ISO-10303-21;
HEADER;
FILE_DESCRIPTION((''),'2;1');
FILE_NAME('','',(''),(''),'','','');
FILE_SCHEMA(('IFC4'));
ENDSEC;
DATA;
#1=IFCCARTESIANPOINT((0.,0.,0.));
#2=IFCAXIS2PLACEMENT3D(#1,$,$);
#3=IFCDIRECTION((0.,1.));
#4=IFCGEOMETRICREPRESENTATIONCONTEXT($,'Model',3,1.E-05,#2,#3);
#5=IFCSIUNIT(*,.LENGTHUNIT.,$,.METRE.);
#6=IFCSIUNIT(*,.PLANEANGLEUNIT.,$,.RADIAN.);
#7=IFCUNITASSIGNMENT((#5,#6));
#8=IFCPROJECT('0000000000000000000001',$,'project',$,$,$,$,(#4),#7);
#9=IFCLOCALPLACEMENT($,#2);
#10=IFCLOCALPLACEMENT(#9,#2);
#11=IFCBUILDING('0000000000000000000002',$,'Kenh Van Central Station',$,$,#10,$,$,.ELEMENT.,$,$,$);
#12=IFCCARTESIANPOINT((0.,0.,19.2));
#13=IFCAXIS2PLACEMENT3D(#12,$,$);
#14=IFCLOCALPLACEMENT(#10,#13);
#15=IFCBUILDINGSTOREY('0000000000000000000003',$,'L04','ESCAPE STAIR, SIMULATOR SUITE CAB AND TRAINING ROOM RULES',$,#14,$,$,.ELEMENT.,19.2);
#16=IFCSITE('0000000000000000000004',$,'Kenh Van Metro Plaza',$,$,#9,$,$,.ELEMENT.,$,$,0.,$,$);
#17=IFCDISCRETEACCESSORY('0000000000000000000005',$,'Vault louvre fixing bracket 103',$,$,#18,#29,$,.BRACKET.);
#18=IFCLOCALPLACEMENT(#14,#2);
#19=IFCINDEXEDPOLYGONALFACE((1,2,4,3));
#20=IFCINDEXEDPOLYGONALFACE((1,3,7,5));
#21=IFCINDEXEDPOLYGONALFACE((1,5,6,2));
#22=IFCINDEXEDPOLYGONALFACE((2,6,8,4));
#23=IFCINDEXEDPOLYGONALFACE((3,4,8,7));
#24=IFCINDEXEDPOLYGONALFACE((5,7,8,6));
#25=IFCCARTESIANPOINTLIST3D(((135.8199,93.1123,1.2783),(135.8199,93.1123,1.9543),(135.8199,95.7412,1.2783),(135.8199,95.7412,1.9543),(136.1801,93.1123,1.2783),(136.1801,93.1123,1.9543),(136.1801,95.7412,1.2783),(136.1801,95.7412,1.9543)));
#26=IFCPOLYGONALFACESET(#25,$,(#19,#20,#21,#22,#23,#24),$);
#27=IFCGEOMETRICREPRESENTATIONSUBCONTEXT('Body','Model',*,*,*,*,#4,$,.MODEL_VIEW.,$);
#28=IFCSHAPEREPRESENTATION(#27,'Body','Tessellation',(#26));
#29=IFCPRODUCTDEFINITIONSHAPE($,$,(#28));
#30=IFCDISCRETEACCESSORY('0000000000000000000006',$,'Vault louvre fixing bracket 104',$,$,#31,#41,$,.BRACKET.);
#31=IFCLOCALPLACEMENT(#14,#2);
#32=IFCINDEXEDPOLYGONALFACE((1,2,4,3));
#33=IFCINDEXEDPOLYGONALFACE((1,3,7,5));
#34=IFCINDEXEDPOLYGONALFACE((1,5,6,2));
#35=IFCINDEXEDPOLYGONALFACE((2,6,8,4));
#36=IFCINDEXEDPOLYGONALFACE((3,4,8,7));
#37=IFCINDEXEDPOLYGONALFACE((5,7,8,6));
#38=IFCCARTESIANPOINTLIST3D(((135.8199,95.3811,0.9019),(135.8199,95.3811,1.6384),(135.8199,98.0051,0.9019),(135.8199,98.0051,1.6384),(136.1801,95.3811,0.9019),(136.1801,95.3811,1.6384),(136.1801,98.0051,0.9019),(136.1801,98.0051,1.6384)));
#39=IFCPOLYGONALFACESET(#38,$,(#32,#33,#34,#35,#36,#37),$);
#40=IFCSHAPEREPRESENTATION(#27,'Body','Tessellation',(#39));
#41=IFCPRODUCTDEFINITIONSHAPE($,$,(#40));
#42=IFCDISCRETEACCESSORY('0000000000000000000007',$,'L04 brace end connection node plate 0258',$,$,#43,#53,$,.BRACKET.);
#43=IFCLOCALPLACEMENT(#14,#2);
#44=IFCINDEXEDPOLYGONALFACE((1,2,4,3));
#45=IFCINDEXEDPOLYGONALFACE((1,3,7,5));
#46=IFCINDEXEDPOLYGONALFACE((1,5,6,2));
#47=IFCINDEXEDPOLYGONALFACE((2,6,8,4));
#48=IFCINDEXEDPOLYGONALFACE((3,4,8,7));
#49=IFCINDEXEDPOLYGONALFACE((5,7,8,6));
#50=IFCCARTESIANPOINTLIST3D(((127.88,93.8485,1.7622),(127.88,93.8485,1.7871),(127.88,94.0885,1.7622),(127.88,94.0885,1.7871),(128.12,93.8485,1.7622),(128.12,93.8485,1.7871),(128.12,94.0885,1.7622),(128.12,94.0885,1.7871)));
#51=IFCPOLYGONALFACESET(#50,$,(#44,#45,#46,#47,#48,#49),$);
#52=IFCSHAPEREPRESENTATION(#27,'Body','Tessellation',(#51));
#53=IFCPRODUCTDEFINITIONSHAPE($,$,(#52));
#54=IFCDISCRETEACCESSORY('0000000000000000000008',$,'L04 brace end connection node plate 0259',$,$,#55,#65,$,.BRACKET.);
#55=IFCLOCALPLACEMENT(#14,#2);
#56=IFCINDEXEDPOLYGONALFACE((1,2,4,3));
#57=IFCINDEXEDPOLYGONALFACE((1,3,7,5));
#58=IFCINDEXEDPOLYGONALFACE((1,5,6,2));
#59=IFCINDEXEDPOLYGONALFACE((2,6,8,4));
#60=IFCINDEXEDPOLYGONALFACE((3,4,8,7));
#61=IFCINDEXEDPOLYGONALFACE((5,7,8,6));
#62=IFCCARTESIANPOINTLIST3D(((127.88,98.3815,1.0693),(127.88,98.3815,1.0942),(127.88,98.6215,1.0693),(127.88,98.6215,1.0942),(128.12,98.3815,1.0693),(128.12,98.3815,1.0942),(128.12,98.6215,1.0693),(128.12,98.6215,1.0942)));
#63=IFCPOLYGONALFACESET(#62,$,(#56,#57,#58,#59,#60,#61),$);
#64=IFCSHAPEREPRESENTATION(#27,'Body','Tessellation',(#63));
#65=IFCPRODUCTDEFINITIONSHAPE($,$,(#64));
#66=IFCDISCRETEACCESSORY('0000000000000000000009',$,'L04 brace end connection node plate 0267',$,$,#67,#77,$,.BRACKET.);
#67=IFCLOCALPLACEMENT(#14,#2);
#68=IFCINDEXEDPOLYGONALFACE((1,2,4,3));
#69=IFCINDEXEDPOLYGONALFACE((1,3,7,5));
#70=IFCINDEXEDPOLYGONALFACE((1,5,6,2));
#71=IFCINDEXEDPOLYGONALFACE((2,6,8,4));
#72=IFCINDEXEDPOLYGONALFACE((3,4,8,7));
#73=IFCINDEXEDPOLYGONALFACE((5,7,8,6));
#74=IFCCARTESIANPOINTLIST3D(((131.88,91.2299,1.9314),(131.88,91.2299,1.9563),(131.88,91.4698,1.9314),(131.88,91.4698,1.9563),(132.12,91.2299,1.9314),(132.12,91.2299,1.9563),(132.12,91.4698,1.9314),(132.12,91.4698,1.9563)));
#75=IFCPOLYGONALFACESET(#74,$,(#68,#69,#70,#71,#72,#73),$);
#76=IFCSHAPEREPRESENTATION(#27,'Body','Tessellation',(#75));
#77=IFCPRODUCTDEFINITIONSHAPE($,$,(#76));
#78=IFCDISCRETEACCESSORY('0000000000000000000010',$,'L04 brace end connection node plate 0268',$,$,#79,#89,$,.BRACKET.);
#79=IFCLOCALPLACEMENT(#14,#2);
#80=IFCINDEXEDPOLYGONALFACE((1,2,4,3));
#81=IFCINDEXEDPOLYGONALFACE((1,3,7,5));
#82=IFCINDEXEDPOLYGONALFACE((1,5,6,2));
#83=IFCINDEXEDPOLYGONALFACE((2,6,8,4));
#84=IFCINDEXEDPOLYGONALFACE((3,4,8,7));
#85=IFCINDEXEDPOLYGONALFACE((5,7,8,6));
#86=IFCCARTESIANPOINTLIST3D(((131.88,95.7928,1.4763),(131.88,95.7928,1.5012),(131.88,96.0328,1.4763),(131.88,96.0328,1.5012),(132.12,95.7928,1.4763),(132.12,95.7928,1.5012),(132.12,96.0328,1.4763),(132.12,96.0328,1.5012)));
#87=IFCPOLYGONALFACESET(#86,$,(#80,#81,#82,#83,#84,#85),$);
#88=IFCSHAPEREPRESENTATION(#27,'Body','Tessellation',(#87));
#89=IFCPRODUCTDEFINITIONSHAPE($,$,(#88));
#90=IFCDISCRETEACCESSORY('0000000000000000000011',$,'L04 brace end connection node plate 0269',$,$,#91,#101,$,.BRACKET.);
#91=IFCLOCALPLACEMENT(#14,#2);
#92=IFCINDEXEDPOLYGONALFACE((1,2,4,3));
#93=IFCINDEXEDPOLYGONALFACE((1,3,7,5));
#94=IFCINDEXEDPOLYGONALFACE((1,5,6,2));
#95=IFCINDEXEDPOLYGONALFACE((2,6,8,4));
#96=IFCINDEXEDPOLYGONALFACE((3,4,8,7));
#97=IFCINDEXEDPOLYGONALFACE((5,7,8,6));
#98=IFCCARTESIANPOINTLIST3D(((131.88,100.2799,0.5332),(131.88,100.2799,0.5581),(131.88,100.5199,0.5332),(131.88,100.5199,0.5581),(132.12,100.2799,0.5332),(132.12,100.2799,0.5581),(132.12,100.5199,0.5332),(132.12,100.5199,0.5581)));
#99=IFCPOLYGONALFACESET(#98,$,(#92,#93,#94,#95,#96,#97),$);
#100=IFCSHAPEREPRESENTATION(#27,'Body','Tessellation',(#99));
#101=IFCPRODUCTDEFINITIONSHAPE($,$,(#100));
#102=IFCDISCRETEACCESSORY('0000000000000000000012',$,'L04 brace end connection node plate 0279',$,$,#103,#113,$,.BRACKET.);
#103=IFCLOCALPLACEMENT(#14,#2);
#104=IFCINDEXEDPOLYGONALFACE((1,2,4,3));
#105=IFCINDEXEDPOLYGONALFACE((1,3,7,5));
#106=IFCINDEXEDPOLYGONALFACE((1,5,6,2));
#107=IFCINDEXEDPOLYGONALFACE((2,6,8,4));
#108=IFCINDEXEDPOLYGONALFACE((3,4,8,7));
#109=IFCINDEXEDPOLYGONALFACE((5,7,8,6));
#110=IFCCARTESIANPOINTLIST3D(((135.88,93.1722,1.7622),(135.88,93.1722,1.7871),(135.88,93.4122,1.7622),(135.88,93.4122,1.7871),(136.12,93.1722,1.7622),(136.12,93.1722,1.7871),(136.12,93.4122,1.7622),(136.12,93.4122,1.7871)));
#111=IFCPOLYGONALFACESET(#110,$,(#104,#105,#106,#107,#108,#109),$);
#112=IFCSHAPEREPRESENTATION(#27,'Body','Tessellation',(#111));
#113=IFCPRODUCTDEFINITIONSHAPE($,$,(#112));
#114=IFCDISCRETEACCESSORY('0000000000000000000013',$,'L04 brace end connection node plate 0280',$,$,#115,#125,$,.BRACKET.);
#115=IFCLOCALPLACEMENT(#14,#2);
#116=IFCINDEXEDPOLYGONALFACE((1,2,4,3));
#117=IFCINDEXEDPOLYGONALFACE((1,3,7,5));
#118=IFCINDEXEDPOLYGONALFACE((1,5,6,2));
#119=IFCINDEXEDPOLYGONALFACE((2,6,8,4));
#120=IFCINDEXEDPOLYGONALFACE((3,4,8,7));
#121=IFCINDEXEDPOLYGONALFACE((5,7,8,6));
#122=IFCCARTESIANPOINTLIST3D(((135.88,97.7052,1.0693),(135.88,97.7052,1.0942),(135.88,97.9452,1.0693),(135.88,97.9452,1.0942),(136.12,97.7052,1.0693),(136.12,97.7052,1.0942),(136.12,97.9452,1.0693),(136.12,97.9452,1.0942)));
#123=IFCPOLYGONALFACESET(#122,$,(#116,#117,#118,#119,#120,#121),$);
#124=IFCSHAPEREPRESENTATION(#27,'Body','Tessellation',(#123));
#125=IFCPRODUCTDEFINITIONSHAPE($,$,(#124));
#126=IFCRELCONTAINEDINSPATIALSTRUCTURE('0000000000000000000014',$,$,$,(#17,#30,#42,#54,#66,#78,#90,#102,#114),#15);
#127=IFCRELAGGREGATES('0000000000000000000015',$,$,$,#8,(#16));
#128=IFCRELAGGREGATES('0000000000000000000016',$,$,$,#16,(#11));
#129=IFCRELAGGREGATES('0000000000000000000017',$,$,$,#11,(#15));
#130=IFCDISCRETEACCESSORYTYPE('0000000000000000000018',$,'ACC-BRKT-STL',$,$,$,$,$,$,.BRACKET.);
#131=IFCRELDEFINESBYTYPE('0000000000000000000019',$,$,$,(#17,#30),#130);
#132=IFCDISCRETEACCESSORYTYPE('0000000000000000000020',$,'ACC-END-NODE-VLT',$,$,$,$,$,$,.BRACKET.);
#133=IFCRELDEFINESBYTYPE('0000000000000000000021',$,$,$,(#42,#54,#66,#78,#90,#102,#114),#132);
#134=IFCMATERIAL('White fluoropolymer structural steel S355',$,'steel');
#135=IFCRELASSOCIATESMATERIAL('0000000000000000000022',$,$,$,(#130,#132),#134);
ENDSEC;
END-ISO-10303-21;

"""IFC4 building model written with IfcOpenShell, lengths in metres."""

from ifc_helpers import new_model, si_unit, direction, frame, origin, origin_2d, place, context, subcontext, project, spatial, rectangle, extrude, material, type_object, element, save


model = new_model("IFC4")

# Units and contexts
model_context = context("Model", 3, precision=1e-05, world=origin(), true_north=direction((0.0, 1.0)))
body_context = subcontext(model_context, "Body", "Model", "MODEL_VIEW")
ifc_project = project(units=[si_unit("LENGTHUNIT", "METRE"), si_unit("PLANEANGLEUNIT", "RADIAN")], contexts=[model_context])

# Site, building, storey
site_placement = place(None, origin())
site = spatial("IfcSite", under=ifc_project, at=site_placement, Name="Kenh Van Metro Plaza", CompositionType="ELEMENT", RefElevation=0.0)
building_placement = place(site_placement, origin())
building = spatial("IfcBuilding", under=site, at=building_placement, Name="Kenh Van Central Station", CompositionType="ELEMENT")
storey_placement = place(building_placement, frame((0.0, 0.0, 19.2)))
storey = spatial("IfcBuildingStorey", under=building, at=storey_placement, Name="L04", Description="ESCAPE STAIR, SIMULATOR SUITE CAB AND TRAINING ROOM RULES", CompositionType="ELEMENT", Elevation=19.2)

# Shared definitions
ifc_material_1 = material(Name="White fluoropolymer structural steel S355", Category="steel")

# Discrete accessories
discrete_accessory_type_1 = type_object("IfcDiscreteAccessoryType", Name="ACC-BRKT-STL", PredefinedType="BRACKET", material=ifc_material_1)
discrete_accessory_1_placement = place(storey_placement, frame((136.0, 94.4268, 1.2783), z_axis=(0.0, 0.0, 1.0), x_axis=(1.0, 0.0, 0.0)))
element("IfcDiscreteAccessory", 1, at=discrete_accessory_1_placement, inside=storey, type_object=discrete_accessory_type_1, Name="Vault louvre fixing bracket 103", PredefinedType="BRACKET", context=body_context, shape_type="SweptSolid", body=[
    extrude(rectangle(XDim=0.3601, YDim=2.6289, at=origin_2d()), origin(), (0.0, 0.0, 1.0), 0.676),
])
discrete_accessory_2_placement = place(storey_placement, frame((136.0, 96.6931, 0.9019), z_axis=(0.0, 0.0, 1.0), x_axis=(1.0, 0.0, 0.0)))
element("IfcDiscreteAccessory", 2, at=discrete_accessory_2_placement, inside=storey, type_object=discrete_accessory_type_1, Name="Vault louvre fixing bracket 104", PredefinedType="BRACKET", context=body_context, shape_type="SweptSolid", body=[
    extrude(rectangle(XDim=0.3601, YDim=2.624, at=origin_2d()), origin(), (0.0, 0.0, 1.0), 0.7366),
])
discrete_accessory_type_2 = type_object("IfcDiscreteAccessoryType", Name="ACC-END-NODE-VLT", PredefinedType="BRACKET", material=ifc_material_1)
for number, where, z_axis, x_axis, name in (
    (3, (128.0, 93.9685, 1.7622), (0.0, 0.0, 1.0), (1.0, 0.0, 0.0), "L04 brace end connection node plate 0258"),
    (4, (128.0, 98.5015, 1.0693), (0.0, 0.0, 1.0), (1.0, 0.0, 0.0), "L04 brace end connection node plate 0259"),
    (5, (132.0, 91.3499, 1.9314), (0.0, 0.0, 1.0), (1.0, 0.0, 0.0), "L04 brace end connection node plate 0267"),
    (6, (132.0, 95.9128, 1.4763), (0.0, 0.0, 1.0), (1.0, 0.0, 0.0), "L04 brace end connection node plate 0268"),
    (7, (132.0, 100.3999, 0.5332), (0.0, 0.0, 1.0), (1.0, 0.0, 0.0), "L04 brace end connection node plate 0269"),
    (8, (136.0, 93.2922, 1.7622), (0.0, 0.0, 1.0), (1.0, 0.0, 0.0), "L04 brace end connection node plate 0279"),
    (9, (136.0, 97.8252, 1.0693), (0.0, 0.0, 1.0), (1.0, 0.0, 0.0), "L04 brace end connection node plate 0280"),
):
    element("IfcDiscreteAccessory", number, at=place(storey_placement, frame(where, z_axis=z_axis, x_axis=x_axis)), inside=storey, type_object=discrete_accessory_type_2, Name=name, PredefinedType="BRACKET", context=body_context, shape_type="SweptSolid", body=[
        extrude(rectangle(XDim=0.24, YDim=0.24, at=origin_2d()), origin(), (0.0, 0.0, 1.0), 0.0249),
    ])

save(model, "model.ifc")
